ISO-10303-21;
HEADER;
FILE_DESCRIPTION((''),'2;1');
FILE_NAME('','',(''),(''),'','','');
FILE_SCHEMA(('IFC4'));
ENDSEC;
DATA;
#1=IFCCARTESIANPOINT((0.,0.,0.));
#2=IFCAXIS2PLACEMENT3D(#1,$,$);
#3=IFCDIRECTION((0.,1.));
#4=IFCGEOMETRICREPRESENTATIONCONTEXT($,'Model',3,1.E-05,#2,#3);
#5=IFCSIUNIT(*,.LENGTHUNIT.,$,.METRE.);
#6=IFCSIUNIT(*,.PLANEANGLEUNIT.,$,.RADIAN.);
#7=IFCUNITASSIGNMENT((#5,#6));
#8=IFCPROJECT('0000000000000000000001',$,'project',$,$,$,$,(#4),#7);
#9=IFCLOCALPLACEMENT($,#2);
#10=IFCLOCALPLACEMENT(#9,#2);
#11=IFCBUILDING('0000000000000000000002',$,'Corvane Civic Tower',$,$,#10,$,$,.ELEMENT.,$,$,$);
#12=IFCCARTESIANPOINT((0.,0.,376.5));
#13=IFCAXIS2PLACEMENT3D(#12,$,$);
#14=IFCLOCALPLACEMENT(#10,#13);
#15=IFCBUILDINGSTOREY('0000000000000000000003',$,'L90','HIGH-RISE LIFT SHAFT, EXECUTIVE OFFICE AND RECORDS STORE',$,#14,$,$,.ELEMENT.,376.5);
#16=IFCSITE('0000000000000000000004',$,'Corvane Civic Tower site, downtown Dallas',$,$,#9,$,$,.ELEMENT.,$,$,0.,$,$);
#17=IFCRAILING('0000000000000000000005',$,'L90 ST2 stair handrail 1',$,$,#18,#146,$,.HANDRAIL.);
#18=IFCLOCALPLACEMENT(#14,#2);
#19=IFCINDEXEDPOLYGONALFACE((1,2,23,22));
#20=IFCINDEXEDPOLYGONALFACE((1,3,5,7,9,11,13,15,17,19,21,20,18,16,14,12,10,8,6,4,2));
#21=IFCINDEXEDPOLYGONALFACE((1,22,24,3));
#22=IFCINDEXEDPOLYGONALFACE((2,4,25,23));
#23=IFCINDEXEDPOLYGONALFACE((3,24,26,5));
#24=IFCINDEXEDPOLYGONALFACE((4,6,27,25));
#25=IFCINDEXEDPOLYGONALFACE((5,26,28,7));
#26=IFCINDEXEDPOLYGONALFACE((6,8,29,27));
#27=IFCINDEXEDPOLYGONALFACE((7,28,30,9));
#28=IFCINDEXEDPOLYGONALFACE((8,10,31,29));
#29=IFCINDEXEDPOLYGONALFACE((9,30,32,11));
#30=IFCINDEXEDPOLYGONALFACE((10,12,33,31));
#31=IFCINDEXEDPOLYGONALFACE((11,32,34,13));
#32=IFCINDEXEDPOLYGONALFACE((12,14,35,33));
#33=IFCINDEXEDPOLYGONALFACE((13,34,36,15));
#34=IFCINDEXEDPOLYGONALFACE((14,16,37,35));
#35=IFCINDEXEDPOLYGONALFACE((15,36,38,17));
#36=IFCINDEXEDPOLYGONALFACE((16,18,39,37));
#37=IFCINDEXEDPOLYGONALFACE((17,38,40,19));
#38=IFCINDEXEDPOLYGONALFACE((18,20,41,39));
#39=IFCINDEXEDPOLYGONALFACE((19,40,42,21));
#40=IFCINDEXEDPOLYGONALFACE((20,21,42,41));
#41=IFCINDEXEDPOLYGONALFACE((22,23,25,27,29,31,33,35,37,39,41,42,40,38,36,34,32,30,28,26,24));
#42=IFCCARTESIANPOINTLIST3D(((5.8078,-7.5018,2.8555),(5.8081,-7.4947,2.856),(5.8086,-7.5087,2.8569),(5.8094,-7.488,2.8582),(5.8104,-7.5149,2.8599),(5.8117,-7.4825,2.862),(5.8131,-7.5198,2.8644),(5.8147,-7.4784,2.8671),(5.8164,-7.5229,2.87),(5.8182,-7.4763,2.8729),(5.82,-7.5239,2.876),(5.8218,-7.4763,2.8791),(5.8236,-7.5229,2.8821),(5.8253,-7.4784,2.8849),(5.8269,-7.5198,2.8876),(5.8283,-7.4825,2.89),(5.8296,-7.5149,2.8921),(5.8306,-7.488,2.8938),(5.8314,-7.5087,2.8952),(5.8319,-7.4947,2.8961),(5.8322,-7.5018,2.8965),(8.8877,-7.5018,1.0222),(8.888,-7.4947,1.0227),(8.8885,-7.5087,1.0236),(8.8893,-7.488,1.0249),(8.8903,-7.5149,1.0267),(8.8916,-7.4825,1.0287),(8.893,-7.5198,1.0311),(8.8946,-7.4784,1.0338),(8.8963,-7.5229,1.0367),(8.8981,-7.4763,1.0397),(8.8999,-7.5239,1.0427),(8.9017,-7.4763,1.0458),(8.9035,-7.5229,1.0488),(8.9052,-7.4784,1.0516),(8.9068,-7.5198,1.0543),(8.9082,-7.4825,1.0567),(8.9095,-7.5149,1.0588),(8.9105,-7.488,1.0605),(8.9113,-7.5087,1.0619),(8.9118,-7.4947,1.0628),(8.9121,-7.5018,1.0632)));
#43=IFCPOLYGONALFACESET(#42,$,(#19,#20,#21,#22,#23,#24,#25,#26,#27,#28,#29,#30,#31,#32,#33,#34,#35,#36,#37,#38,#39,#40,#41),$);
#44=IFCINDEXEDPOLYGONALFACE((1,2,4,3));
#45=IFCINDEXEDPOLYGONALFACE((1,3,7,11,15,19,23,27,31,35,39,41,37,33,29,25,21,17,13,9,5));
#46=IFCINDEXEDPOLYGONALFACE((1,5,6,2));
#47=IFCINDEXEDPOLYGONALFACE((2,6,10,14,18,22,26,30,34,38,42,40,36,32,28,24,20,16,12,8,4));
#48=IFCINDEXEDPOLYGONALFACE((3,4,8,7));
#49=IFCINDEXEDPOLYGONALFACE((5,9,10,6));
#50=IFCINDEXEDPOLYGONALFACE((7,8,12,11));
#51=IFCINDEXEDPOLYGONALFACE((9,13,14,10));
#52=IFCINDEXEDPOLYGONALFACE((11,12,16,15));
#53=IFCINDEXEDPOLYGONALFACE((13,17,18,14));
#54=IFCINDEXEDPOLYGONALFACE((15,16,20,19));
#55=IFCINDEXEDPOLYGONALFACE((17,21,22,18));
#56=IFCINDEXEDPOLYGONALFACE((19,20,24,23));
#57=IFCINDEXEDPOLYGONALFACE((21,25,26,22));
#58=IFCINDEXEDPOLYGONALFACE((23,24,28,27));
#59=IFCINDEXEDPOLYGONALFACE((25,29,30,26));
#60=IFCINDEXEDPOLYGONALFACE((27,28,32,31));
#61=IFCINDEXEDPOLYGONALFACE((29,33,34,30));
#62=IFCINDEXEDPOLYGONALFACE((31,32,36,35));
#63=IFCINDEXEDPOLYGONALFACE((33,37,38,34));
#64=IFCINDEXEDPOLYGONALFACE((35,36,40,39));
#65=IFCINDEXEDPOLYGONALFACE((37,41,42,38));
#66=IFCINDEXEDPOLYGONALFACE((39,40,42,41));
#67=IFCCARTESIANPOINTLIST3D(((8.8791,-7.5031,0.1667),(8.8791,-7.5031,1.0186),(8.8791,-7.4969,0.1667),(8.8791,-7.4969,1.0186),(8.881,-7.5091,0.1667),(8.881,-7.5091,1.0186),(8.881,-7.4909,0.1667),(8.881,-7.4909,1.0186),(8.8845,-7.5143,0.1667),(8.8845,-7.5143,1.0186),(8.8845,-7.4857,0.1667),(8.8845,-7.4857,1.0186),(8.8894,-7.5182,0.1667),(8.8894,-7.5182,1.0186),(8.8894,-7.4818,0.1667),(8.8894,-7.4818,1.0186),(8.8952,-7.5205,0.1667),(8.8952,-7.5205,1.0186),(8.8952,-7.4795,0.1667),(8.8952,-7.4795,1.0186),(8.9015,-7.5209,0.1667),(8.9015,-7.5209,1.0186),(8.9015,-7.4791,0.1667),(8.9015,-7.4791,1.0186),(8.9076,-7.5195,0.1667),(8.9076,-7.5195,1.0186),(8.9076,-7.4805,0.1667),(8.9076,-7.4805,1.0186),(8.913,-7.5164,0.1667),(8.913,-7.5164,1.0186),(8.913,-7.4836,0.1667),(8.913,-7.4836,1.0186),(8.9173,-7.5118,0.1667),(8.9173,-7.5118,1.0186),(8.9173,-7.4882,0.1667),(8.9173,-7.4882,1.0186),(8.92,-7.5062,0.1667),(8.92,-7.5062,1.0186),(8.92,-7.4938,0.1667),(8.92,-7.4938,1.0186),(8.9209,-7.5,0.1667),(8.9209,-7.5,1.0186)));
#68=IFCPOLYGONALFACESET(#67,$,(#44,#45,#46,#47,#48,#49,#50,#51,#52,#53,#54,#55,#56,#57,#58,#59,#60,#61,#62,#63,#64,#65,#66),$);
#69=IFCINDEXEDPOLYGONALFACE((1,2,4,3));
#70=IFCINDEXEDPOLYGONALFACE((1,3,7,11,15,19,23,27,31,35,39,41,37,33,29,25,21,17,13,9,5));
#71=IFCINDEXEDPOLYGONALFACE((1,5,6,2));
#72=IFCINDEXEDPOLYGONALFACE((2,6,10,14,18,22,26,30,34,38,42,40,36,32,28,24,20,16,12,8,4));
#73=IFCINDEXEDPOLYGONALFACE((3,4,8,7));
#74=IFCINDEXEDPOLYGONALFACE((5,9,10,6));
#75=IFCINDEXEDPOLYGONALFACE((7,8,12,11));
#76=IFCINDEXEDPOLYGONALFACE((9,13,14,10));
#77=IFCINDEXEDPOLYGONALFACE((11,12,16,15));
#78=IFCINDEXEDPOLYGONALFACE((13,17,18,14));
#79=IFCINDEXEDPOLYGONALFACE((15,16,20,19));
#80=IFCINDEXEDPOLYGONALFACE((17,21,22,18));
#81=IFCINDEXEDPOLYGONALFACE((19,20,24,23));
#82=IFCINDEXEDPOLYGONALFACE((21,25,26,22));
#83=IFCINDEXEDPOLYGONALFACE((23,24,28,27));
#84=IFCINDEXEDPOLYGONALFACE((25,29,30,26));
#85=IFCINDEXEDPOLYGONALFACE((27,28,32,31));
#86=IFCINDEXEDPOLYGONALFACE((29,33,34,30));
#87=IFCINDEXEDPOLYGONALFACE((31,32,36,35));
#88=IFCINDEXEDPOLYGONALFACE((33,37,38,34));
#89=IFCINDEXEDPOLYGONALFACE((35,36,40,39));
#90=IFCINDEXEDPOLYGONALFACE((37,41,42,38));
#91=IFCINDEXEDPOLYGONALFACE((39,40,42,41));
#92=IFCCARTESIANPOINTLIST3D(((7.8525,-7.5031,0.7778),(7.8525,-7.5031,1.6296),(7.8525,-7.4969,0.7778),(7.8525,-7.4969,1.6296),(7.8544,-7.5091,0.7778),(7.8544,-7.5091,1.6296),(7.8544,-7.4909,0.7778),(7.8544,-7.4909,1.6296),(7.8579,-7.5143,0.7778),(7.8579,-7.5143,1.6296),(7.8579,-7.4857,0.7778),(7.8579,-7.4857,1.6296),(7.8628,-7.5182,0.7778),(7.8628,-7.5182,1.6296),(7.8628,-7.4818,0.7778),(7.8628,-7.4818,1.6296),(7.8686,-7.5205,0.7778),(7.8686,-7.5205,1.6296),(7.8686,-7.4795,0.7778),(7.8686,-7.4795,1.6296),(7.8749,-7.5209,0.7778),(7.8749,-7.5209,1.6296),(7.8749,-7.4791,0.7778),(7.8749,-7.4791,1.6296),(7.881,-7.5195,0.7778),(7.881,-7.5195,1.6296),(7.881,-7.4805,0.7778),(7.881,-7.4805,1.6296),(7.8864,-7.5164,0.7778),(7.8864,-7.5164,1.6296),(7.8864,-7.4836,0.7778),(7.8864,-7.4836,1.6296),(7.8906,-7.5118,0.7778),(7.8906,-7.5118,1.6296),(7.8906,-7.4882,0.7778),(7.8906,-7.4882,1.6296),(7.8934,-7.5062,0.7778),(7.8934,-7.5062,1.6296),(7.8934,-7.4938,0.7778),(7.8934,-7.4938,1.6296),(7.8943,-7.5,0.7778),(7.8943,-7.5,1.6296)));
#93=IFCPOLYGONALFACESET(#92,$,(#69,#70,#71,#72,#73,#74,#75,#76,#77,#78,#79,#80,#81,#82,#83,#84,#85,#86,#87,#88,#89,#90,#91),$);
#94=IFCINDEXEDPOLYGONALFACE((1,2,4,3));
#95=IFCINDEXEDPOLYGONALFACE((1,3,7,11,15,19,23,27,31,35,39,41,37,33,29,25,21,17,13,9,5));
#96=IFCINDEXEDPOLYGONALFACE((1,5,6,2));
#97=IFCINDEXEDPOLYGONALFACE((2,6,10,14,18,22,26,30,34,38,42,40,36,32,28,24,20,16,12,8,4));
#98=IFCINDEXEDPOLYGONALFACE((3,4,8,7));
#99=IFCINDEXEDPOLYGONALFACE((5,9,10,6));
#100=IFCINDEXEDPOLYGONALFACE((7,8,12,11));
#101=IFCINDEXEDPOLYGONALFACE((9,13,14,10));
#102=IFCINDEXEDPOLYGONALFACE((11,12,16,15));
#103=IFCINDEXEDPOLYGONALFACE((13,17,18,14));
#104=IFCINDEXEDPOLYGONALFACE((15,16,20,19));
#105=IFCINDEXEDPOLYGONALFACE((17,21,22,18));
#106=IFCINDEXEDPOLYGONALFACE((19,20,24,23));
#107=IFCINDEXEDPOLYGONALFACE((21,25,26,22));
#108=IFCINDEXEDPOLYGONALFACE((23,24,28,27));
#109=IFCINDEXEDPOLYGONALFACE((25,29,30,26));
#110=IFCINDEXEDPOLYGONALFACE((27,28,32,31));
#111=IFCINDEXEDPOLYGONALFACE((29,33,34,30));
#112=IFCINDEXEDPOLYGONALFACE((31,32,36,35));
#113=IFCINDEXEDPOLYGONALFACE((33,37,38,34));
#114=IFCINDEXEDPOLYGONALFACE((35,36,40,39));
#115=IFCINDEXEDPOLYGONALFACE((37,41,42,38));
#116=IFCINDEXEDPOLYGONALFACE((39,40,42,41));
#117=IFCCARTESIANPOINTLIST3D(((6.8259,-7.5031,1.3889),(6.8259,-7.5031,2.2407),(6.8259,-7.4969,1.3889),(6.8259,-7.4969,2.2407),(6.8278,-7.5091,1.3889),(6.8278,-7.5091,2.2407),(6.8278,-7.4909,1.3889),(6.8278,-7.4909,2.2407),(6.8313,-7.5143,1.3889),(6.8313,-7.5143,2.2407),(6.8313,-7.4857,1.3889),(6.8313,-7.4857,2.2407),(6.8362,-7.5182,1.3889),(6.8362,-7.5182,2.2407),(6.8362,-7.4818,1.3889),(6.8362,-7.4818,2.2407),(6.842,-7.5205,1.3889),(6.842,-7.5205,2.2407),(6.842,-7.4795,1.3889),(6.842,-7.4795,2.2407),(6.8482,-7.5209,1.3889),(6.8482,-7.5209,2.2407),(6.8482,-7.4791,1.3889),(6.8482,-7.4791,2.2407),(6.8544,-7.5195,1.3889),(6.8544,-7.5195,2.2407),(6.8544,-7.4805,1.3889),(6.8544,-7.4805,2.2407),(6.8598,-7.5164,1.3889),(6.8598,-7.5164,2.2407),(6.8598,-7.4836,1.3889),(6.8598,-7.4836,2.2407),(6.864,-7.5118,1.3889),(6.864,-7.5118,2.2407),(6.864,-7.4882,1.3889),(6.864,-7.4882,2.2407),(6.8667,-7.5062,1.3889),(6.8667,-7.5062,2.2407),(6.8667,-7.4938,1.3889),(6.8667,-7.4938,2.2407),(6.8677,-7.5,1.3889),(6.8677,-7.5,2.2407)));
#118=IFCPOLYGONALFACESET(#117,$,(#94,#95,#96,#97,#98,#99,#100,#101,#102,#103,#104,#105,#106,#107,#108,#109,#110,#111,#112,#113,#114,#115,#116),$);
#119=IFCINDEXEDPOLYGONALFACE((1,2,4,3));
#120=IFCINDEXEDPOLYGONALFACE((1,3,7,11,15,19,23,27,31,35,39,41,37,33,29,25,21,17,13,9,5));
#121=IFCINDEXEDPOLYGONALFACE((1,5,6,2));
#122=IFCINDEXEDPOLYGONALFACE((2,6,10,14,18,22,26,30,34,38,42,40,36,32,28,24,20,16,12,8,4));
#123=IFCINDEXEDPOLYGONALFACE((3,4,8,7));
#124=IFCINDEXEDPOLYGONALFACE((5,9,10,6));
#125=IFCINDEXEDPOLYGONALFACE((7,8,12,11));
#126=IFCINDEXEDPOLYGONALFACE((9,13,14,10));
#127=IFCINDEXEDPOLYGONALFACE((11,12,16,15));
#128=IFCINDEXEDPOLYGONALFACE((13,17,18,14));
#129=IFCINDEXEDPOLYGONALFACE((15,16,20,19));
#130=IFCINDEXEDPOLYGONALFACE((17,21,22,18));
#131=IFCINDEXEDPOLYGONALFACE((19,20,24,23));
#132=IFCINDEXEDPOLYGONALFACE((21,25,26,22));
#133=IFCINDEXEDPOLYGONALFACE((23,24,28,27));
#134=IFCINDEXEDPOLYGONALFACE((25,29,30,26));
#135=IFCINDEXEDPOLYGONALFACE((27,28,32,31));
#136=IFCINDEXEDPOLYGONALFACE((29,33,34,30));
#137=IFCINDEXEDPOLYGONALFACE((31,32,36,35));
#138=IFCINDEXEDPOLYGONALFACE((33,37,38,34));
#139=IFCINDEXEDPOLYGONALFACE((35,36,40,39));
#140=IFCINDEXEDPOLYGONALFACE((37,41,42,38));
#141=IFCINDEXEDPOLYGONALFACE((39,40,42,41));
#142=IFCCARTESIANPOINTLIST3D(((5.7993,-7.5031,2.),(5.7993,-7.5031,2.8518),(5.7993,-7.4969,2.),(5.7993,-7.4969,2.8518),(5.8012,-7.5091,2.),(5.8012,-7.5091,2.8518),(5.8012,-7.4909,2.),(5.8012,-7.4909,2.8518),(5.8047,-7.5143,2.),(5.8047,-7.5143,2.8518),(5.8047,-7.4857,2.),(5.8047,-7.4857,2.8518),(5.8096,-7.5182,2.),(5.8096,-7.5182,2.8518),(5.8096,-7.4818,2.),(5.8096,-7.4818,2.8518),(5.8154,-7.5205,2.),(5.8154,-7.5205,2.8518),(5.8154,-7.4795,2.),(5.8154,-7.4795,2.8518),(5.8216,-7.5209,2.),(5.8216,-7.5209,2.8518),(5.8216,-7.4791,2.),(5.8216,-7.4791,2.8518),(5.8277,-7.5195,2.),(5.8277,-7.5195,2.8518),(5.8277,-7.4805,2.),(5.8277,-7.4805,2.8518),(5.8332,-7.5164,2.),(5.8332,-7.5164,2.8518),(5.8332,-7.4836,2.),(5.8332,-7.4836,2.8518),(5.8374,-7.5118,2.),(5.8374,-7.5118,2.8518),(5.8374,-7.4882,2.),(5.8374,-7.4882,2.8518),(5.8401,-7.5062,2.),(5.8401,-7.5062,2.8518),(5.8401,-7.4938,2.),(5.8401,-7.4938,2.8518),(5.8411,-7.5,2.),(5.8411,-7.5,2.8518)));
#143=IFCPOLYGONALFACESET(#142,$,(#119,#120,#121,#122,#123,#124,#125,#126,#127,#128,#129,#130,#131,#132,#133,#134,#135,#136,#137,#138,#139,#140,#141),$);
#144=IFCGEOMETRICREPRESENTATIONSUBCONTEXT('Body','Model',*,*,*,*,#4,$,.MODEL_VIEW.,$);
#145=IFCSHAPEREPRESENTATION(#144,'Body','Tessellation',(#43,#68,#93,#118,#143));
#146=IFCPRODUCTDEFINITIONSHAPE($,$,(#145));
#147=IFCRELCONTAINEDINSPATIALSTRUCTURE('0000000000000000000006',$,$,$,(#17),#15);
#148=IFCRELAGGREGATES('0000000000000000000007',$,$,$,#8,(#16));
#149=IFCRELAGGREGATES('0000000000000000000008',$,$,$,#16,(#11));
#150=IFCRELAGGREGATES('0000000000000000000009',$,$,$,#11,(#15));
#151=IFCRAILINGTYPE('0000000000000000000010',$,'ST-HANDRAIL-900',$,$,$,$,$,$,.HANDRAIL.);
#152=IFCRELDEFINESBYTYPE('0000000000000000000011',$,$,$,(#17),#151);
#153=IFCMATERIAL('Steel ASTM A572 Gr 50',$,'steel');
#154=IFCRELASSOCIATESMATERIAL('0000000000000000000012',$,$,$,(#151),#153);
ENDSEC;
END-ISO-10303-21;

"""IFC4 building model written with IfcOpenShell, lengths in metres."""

from ifc_helpers import new_model, si_unit, direction, frame, origin, origin_2d, place, context, subcontext, project, spatial, circle, extrude, material, type_object, element, save


model = new_model("IFC4")

# Units and contexts
model_context = context("Model", 3, precision=1e-05, world=origin(), true_north=direction((0.0, 1.0)))
body_context = subcontext(model_context, "Body", "Model", "MODEL_VIEW")
ifc_project = project(units=[si_unit("LENGTHUNIT", "METRE"), si_unit("PLANEANGLEUNIT", "RADIAN")], contexts=[model_context])

# Site, building, storey
site_placement = place(None, origin())
site = spatial("IfcSite", under=ifc_project, at=site_placement, Name="Corvane Civic Tower site, downtown Dallas", CompositionType="ELEMENT", RefElevation=0.0)
building_placement = place(site_placement, origin())
building = spatial("IfcBuilding", under=site, at=building_placement, Name="Corvane Civic Tower", CompositionType="ELEMENT")
storey_placement = place(building_placement, frame((0.0, 0.0, 376.5)))
storey = spatial("IfcBuildingStorey", under=building, at=storey_placement, Name="L90", Description="HIGH-RISE LIFT SHAFT, EXECUTIVE OFFICE AND RECORDS STORE", CompositionType="ELEMENT", Elevation=376.5)

# Railing
ifc_material_1 = material(Name="Steel ASTM A572 Gr 50", Category="steel")
railing_type_1 = type_object("IfcRailingType", Name="ST-HANDRAIL-900", PredefinedType="HANDRAIL", material=ifc_material_1)
railing_1_placement = place(storey_placement, frame((8.8999, -7.5, 0.1667)))
element("IfcRailing", 1, at=railing_1_placement, inside=storey, type_object=railing_type_1, Name="L90 ST2 stair handrail 1", PredefinedType="HANDRAIL", context=body_context, shape_type="SweptSolid", body=[
    extrude(circle(Radius=0.0239, at=origin_2d()), frame((0.0, 0.0, 0.876), z_axis=(-0.859291, 0.0, 0.511487), x_axis=(0.0, -1.0, 0.0)), (0.0, 0.0, 1.0), 3.5842),
    extrude(circle(Radius=0.021, at=origin_2d()), origin(), (0.0, 0.0, 1.0), 0.8518),
    extrude(circle(Radius=0.021, at=origin_2d()), frame((-1.0266, 0.0, 0.6111)), (0.0, 0.0, 1.0), 0.8518),
    extrude(circle(Radius=0.021, at=origin_2d()), frame((-2.0532, 0.0, 1.2222)), (0.0, 0.0, 1.0), 0.8518),
    extrude(circle(Radius=0.021, at=origin_2d()), frame((-3.0798, 0.0, 1.8333)), (0.0, 0.0, 1.0), 0.8518),
])

save(model, "model.ifc")
